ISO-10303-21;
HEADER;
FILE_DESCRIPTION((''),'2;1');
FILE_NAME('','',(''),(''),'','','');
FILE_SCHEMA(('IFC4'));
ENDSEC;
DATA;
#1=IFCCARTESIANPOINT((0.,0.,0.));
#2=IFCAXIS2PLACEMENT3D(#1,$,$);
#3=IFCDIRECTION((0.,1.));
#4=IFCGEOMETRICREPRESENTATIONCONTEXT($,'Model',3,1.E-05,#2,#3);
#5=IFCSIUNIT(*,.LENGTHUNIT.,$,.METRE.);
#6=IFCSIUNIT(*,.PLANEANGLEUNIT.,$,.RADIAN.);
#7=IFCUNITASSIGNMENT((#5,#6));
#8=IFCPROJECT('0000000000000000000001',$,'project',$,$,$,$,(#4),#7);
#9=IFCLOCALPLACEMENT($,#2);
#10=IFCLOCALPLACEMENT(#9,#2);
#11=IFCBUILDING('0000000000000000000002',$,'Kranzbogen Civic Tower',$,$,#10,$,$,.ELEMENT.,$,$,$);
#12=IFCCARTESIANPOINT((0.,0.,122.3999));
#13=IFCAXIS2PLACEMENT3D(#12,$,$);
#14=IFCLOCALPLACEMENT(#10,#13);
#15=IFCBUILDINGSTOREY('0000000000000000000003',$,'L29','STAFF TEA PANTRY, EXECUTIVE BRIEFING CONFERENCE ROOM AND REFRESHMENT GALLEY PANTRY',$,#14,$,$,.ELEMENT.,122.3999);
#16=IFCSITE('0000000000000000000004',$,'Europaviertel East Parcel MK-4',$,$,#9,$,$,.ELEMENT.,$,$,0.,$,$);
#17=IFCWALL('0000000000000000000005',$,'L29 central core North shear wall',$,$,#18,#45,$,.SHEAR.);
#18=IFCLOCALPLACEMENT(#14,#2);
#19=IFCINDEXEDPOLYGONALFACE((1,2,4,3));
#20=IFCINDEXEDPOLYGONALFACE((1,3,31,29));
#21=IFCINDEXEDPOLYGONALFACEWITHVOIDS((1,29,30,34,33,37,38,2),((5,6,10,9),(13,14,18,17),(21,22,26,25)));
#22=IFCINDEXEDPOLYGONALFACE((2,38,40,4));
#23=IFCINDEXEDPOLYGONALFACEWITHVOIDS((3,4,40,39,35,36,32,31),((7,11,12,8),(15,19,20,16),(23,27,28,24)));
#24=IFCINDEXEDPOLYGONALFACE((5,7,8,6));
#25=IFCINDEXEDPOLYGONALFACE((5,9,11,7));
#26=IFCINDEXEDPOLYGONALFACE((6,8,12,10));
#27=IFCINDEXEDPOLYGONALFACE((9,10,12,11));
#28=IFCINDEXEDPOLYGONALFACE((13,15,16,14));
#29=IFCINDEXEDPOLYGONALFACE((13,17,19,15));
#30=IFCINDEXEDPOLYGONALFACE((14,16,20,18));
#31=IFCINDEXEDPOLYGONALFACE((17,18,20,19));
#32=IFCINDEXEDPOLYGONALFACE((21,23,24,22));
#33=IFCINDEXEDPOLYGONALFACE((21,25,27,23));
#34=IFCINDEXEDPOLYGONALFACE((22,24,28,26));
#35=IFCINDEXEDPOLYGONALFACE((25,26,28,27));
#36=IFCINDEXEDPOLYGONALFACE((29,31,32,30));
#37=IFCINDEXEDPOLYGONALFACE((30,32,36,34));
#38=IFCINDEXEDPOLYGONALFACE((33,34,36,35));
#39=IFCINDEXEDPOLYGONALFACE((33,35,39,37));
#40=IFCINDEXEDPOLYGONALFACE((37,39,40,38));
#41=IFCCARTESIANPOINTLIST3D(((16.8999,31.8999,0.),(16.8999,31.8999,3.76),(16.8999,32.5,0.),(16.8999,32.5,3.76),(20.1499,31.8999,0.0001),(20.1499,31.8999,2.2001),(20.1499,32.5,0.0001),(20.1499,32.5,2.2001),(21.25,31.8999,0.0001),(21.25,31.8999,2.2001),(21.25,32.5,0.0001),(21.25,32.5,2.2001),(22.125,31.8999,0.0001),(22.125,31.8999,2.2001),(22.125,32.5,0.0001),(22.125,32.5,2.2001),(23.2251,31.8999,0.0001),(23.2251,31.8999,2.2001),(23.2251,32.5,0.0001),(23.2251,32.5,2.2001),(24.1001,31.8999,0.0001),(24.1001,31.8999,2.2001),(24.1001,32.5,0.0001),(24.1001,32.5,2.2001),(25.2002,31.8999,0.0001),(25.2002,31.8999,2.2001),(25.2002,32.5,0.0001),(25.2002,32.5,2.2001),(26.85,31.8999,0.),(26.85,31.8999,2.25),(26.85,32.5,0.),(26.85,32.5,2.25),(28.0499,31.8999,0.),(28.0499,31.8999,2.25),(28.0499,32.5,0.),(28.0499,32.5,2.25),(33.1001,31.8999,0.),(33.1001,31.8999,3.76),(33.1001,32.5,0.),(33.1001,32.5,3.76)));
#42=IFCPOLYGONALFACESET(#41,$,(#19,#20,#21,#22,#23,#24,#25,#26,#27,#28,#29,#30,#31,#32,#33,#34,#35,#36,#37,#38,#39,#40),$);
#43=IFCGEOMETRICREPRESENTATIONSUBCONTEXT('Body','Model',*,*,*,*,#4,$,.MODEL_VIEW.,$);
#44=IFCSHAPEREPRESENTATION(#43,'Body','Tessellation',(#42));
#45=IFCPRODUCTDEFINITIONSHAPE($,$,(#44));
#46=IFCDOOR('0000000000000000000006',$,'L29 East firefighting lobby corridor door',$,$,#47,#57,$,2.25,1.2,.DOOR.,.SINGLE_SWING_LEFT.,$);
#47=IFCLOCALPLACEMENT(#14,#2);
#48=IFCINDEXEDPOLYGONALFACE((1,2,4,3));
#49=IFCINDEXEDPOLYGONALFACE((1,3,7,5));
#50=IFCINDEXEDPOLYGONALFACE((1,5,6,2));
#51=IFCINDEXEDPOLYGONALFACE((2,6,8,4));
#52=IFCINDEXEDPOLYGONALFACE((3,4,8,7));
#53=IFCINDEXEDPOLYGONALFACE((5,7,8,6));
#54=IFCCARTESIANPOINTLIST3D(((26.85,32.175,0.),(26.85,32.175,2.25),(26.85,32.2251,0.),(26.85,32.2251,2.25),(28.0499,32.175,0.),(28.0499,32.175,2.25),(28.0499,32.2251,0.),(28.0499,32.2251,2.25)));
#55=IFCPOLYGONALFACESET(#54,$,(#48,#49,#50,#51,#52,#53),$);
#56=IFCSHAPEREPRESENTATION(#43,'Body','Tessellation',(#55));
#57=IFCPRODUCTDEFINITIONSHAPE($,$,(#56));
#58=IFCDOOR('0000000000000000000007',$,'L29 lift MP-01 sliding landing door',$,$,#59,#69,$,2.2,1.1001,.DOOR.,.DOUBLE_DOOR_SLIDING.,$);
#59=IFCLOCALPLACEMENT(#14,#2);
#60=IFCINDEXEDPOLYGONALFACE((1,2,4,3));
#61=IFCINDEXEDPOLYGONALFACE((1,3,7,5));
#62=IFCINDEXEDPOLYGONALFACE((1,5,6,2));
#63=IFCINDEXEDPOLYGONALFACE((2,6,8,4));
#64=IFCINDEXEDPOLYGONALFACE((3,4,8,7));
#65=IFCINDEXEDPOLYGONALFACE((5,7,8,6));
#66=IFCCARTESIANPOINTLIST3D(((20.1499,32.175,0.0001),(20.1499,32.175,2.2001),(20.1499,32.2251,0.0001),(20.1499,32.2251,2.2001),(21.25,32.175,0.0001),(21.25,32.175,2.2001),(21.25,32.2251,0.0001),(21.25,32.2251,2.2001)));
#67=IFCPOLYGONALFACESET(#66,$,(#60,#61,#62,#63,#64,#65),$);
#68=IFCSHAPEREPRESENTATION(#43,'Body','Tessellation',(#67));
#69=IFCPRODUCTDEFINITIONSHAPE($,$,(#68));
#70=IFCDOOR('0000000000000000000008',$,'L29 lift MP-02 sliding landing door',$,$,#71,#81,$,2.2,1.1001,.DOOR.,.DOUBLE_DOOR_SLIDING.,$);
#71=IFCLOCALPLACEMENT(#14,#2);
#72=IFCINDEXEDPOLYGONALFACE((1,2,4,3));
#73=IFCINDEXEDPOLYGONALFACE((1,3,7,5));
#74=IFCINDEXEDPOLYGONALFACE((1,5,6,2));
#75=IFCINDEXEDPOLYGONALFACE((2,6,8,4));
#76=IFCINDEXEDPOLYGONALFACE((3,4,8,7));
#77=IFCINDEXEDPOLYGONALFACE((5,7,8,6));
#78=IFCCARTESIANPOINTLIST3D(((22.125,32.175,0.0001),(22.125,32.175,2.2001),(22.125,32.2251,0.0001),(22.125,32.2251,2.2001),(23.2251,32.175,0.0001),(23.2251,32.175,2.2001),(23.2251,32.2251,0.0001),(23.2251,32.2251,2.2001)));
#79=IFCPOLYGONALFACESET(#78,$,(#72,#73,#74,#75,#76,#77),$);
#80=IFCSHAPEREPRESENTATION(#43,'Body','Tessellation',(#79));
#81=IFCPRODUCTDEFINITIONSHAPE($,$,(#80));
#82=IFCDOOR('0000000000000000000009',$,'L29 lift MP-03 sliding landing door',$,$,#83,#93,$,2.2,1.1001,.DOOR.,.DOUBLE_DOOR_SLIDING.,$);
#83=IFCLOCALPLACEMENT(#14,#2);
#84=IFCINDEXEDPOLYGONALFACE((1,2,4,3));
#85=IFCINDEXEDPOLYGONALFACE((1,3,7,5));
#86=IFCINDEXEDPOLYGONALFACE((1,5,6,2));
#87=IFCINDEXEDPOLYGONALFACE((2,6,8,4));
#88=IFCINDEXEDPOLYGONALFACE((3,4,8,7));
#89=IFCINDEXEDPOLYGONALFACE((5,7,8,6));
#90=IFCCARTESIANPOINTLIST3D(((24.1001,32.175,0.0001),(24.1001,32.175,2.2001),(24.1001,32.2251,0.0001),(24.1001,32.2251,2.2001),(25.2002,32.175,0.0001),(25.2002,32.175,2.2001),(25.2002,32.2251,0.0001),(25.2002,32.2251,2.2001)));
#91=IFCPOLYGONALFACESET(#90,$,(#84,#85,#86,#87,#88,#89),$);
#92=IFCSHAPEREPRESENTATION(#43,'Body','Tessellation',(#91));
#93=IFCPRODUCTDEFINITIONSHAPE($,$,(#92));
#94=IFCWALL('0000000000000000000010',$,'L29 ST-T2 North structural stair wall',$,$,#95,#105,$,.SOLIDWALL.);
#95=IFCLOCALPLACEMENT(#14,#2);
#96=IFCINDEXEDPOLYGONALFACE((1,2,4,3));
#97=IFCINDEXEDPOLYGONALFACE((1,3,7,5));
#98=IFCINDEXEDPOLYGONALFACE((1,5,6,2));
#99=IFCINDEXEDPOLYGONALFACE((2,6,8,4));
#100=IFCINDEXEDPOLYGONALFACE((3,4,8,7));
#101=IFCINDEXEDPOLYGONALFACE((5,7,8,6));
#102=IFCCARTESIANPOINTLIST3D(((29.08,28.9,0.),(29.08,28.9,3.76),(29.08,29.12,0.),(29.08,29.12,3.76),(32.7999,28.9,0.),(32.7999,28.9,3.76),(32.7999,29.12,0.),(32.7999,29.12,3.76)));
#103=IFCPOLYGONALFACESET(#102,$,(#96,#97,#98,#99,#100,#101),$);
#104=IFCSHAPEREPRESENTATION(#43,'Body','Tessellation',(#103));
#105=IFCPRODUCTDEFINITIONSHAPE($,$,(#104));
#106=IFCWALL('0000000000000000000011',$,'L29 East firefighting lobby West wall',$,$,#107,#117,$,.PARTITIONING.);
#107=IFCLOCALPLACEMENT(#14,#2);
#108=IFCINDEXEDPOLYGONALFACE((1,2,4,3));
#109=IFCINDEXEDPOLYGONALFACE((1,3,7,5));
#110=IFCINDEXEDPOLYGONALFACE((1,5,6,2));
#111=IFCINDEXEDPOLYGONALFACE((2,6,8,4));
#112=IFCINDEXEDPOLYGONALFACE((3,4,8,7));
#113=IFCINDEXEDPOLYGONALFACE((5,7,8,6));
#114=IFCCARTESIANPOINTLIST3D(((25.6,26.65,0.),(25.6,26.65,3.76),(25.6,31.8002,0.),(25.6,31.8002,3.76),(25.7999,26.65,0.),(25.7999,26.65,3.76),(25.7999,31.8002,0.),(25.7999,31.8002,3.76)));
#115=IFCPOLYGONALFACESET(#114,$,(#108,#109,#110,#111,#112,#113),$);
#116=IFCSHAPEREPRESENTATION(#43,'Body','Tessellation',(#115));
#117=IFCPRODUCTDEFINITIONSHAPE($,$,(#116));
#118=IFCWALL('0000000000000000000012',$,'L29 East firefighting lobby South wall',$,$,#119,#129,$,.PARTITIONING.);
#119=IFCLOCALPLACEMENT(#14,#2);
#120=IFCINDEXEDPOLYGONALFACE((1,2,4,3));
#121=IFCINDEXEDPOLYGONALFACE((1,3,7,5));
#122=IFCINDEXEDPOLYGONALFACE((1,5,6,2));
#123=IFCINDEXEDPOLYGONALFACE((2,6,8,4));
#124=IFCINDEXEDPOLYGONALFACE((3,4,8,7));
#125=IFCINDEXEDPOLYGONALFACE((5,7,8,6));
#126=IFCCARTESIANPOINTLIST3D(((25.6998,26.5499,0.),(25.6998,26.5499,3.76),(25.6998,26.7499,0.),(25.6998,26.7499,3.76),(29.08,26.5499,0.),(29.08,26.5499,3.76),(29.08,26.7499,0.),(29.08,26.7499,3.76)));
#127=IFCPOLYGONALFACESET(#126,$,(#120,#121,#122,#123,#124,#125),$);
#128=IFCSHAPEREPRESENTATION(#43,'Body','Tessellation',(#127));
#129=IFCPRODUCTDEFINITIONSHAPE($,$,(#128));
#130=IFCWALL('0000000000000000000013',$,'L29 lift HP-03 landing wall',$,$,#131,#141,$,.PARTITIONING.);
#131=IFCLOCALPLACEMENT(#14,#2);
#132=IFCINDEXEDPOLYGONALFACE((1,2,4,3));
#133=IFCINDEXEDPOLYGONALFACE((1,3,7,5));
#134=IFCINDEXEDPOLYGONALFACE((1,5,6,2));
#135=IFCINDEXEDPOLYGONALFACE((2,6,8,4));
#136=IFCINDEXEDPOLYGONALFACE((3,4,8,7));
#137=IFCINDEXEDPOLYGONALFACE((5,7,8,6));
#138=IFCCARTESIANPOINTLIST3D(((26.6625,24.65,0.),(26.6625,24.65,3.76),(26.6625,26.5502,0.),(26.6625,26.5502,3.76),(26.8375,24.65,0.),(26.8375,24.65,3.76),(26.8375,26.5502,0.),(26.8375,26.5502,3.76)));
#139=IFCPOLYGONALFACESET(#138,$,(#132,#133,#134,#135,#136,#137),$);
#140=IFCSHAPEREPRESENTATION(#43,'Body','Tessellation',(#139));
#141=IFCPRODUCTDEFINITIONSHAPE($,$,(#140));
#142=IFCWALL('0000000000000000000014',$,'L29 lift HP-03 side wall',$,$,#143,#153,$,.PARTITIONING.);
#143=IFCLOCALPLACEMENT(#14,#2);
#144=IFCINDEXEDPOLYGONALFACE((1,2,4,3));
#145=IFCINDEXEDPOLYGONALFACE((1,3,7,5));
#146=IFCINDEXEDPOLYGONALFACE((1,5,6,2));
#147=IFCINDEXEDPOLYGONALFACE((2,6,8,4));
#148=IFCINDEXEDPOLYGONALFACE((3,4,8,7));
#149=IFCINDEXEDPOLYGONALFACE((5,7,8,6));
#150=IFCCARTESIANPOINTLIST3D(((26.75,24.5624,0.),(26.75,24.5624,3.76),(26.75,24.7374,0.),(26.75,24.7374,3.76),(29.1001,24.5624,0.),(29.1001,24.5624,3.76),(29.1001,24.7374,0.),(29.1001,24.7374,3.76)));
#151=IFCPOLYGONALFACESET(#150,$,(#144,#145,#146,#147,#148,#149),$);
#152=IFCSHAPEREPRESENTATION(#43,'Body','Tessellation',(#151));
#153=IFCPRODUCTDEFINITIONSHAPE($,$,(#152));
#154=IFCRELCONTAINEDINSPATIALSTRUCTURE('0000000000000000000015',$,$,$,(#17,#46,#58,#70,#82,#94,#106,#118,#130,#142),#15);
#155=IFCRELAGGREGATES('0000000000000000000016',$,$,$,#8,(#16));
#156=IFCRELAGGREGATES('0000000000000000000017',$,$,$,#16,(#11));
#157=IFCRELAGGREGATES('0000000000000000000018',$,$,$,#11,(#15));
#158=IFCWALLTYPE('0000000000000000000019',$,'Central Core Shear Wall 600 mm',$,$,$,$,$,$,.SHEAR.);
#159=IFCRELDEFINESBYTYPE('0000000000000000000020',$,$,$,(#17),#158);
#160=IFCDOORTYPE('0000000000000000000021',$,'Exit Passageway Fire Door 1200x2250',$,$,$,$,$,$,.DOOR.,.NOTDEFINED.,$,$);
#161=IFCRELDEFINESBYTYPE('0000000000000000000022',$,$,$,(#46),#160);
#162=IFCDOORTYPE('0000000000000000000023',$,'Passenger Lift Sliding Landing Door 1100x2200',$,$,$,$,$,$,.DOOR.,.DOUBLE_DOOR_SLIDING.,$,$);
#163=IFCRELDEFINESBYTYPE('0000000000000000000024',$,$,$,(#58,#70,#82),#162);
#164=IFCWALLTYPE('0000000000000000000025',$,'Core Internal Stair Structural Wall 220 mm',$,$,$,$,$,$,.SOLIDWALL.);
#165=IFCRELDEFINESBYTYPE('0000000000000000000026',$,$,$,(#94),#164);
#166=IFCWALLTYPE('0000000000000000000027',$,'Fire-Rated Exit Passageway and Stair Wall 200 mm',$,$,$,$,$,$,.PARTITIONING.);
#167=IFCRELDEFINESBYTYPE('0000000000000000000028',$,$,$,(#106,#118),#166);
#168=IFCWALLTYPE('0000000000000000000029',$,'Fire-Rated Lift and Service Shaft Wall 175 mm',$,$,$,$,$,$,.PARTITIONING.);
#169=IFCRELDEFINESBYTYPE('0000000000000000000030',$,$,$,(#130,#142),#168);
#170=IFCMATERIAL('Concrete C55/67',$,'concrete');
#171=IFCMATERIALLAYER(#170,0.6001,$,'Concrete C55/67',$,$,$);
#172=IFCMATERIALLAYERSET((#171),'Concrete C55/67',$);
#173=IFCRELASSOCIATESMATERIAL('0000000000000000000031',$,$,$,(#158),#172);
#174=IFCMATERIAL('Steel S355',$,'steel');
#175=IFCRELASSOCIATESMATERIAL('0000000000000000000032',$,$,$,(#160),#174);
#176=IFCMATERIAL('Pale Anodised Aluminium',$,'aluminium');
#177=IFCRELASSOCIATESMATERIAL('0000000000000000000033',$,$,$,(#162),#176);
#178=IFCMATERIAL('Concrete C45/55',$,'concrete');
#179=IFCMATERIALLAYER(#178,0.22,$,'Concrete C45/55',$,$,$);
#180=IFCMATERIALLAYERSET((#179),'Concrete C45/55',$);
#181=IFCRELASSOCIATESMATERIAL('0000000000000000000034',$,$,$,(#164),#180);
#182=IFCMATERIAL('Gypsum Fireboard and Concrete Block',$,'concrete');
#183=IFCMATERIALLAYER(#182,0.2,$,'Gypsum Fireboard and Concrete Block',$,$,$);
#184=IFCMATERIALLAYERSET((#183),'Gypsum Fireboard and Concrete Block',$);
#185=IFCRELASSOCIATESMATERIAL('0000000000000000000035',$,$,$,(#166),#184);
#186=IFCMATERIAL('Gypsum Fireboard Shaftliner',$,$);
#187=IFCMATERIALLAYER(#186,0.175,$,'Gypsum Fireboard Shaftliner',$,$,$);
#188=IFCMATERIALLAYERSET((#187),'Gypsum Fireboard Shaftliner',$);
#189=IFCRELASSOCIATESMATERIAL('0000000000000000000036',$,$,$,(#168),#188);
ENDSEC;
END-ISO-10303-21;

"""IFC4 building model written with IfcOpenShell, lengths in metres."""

from ifc_helpers import new_model, si_unit, direction, frame, frame_2d, origin, place, context, subcontext, project, spatial, rectangle, extrude, material, layer, layer_set, type_object, element, fill, save


model = new_model("IFC4")

# Units and contexts
model_context = context("Model", 3, precision=1e-05, world=origin(), true_north=direction((0.0, 1.0)))
body_context = subcontext(model_context, "Body", "Model", "MODEL_VIEW")
ifc_project = project(units=[si_unit("LENGTHUNIT", "METRE"), si_unit("PLANEANGLEUNIT", "RADIAN")], contexts=[model_context])

# Site, building, storey
site_placement = place(None, origin())
site = spatial("IfcSite", under=ifc_project, at=site_placement, Name="Europaviertel East Parcel MK-4", CompositionType="ELEMENT", RefElevation=0.0)
building_placement = place(site_placement, origin())
building = spatial("IfcBuilding", under=site, at=building_placement, Name="Kranzbogen Civic Tower", CompositionType="ELEMENT")
storey_placement = place(building_placement, frame((0.0, 0.0, 122.3999)))
storey = spatial("IfcBuildingStorey", under=building, at=storey_placement, Name="L29", Description="STAFF TEA PANTRY, EXECUTIVE BRIEFING CONFERENCE ROOM AND REFRESHMENT GALLEY PANTRY", CompositionType="ELEMENT", Elevation=122.3999)

# Shared definitions
ifc_material_1 = material(Name="Steel S355", Category="steel")

# Wall, openings, doors
ifc_material_2 = material(Name="Concrete C55/67", Category="concrete")
ifc_layer_1 = layer(ifc_material_2, 0.6001, Name="Concrete C55/67")
ifc_layer_set_1 = layer_set([ifc_layer_1], Name="Concrete C55/67")
wall_type_1 = type_object("IfcWallType", Name="Central Core Shear Wall 600 mm", PredefinedType="SHEAR", material=ifc_layer_set_1)
wall_1_placement = place(storey_placement, frame((33.1001, 32.2, 0.0), z_axis=(0.0, 0.0, 1.0), x_axis=(-1.0, 0.0, 0.0)))
wall_1 = element("IfcWall", 1, at=wall_1_placement, inside=storey, type_object=wall_type_1, Name="L29 central core North shear wall", PredefinedType="SHEAR", context=body_context, shape_type="SweptSolid", body=[
    extrude(rectangle(XDim=16.2002, YDim=0.6001, at=frame_2d((8.1001, 0.0))), origin(), (0.0, 0.0, 1.0), 3.76),
])
opening_1_placement = place(wall_1_placement, frame((5.05, 0.0, 0.0)))
opening_1 = element("IfcOpeningElement", 2, at=opening_1_placement, cuts=wall_1, PredefinedType="OPENING", context=body_context, shape_type="SweptSolid", body=[
    extrude(rectangle(XDim=1.2, YDim=2.25, at=frame_2d((0.6001, 1.125))), frame((0.0, 0.3101, 0.0), z_axis=(0.0, -1.0, 0.0), x_axis=(1.0, 0.0, 0.0)), (0.0, 0.0, 1.0), 0.6201),
])
opening_2_placement = place(wall_1_placement, frame((11.8501, 0.0, 0.0)))
opening_2 = element("IfcOpeningElement", 3, at=opening_2_placement, cuts=wall_1, PredefinedType="OPENING", context=body_context, shape_type="SweptSolid", body=[
    extrude(rectangle(XDim=1.1001, YDim=2.2, at=frame_2d((0.55, 1.1001))), frame((0.0, 0.3101, 0.0), z_axis=(0.0, -1.0, 0.0), x_axis=(1.0, 0.0, 0.0)), (0.0, 0.0, 1.0), 0.6201),
])
opening_3_placement = place(wall_1_placement, frame((9.875, 0.0, 0.0)))
opening_3 = element("IfcOpeningElement", 4, at=opening_3_placement, cuts=wall_1, PredefinedType="OPENING", context=body_context, shape_type="SweptSolid", body=[
    extrude(rectangle(XDim=1.1001, YDim=2.2, at=frame_2d((0.55, 1.1001))), frame((0.0, 0.3101, 0.0), z_axis=(0.0, -1.0, 0.0), x_axis=(1.0, 0.0, 0.0)), (0.0, 0.0, 1.0), 0.6201),
])
opening_4_placement = place(wall_1_placement, frame((7.8999, 0.0, 0.0)))
opening_4 = element("IfcOpeningElement", 5, at=opening_4_placement, cuts=wall_1, PredefinedType="OPENING", context=body_context, shape_type="SweptSolid", body=[
    extrude(rectangle(XDim=1.1001, YDim=2.2, at=frame_2d((0.55, 1.1001))), frame((0.0, 0.3101, 0.0), z_axis=(0.0, -1.0, 0.0), x_axis=(1.0, 0.0, 0.0)), (0.0, 0.0, 1.0), 0.6201),
])
door_type_1 = type_object("IfcDoorType", Name="Exit Passageway Fire Door 1200x2250", OperationType="NOTDEFINED", PredefinedType="DOOR", material=ifc_material_1)
door_1_placement = place(opening_1_placement, origin())
door_1 = element("IfcDoor", 6, at=door_1_placement, inside=storey, type_object=door_type_1, Name="L29 East firefighting lobby corridor door", OperationType="SINGLE_SWING_LEFT", OverallHeight=2.25, OverallWidth=1.2, PredefinedType="DOOR", context=body_context, shape_type="SweptSolid", body=[
    extrude(rectangle(XDim=1.2, YDim=2.25, at=frame_2d((0.6001, 1.125))), frame((0.0, 0.0249, 0.0), z_axis=(0.0, -1.0, 0.0), x_axis=(1.0, 0.0, 0.0)), (0.0, 0.0, 1.0), 0.05),
])
fill(opening_1, door_1)
ifc_material_3 = material(Name="Pale Anodised Aluminium", Category="aluminium")
door_type_2 = type_object("IfcDoorType", Name="Passenger Lift Sliding Landing Door 1100x2200", OperationType="DOUBLE_DOOR_SLIDING", PredefinedType="DOOR", material=ifc_material_3)
door_2_placement = place(opening_2_placement, origin())
door_2 = element("IfcDoor", 7, at=door_2_placement, inside=storey, type_object=door_type_2, Name="L29 lift MP-01 sliding landing door", OperationType="DOUBLE_DOOR_SLIDING", OverallHeight=2.2, OverallWidth=1.1001, PredefinedType="DOOR", context=body_context, shape_type="SweptSolid", body=[
    extrude(rectangle(XDim=1.1001, YDim=2.2, at=frame_2d((0.55, 1.1001))), frame((0.0, 0.0249, 0.0), z_axis=(0.0, -1.0, 0.0), x_axis=(1.0, 0.0, 0.0)), (0.0, 0.0, 1.0), 0.05),
])
fill(opening_2, door_2)
door_3_placement = place(opening_3_placement, origin())
door_3 = element("IfcDoor", 8, at=door_3_placement, inside=storey, type_object=door_type_2, Name="L29 lift MP-02 sliding landing door", OperationType="DOUBLE_DOOR_SLIDING", OverallHeight=2.2, OverallWidth=1.1001, PredefinedType="DOOR", context=body_context, shape_type="SweptSolid", body=[
    extrude(rectangle(XDim=1.1001, YDim=2.2, at=frame_2d((0.55, 1.1001))), frame((0.0, 0.0249, 0.0), z_axis=(0.0, -1.0, 0.0), x_axis=(1.0, 0.0, 0.0)), (0.0, 0.0, 1.0), 0.05),
])
fill(opening_3, door_3)
door_4_placement = place(opening_4_placement, origin())
door_4 = element("IfcDoor", 9, at=door_4_placement, inside=storey, type_object=door_type_2, Name="L29 lift MP-03 sliding landing door", OperationType="DOUBLE_DOOR_SLIDING", OverallHeight=2.2, OverallWidth=1.1001, PredefinedType="DOOR", context=body_context, shape_type="SweptSolid", body=[
    extrude(rectangle(XDim=1.1001, YDim=2.2, at=frame_2d((0.55, 1.1001))), frame((0.0, 0.0249, 0.0), z_axis=(0.0, -1.0, 0.0), x_axis=(1.0, 0.0, 0.0)), (0.0, 0.0, 1.0), 0.05),
])
fill(opening_4, door_4)

# Walls
ifc_material_4 = material(Name="Concrete C45/55", Category="concrete")
ifc_layer_2 = layer(ifc_material_4, 0.22, Name="Concrete C45/55")
ifc_layer_set_2 = layer_set([ifc_layer_2], Name="Concrete C45/55")
wall_type_2 = type_object("IfcWallType", Name="Core Internal Stair Structural Wall 220 mm", PredefinedType="SOLIDWALL", material=ifc_layer_set_2)
wall_2_placement = place(storey_placement, frame((29.0801, 29.01, 0.0), z_axis=(0.0, 0.0, 1.0), x_axis=(1.0, 0.0, 0.0)))
element("IfcWall", 10, at=wall_2_placement, inside=storey, type_object=wall_type_2, Name="L29 ST-T2 North structural stair wall", PredefinedType="SOLIDWALL", context=body_context, shape_type="SweptSolid", body=[
    extrude(rectangle(XDim=3.72, YDim=0.22, at=frame_2d((1.8599, 0.0))), origin(), (0.0, 0.0, 1.0), 3.76),
])
ifc_material_5 = material(Name="Gypsum Fireboard and Concrete Block", Category="concrete")
ifc_layer_3 = layer(ifc_material_5, 0.2, Name="Gypsum Fireboard and Concrete Block")
ifc_layer_set_3 = layer_set([ifc_layer_3], Name="Gypsum Fireboard and Concrete Block")
wall_type_3 = type_object("IfcWallType", Name="Fire-Rated Exit Passageway and Stair Wall 200 mm", PredefinedType="PARTITIONING", material=ifc_layer_set_3)
wall_3_placement = place(storey_placement, frame((25.7, 26.6499, 0.0), z_axis=(0.0, 0.0, 1.0), x_axis=(0.0, 1.0, 0.0)))
element("IfcWall", 11, at=wall_3_placement, inside=storey, type_object=wall_type_3, Name="L29 East firefighting lobby West wall", PredefinedType="PARTITIONING", context=body_context, shape_type="SweptSolid", body=[
    extrude(rectangle(XDim=5.1501, YDim=0.2, at=frame_2d((2.5752, 0.0))), origin(), (0.0, 0.0, 1.0), 3.76),
])
wall_4_placement = place(storey_placement, frame((25.7, 26.6499, 0.0), z_axis=(0.0, 0.0, 1.0), x_axis=(1.0, 0.0, 0.0)))
element("IfcWall", 12, at=wall_4_placement, inside=storey, type_object=wall_type_3, Name="L29 East firefighting lobby South wall", PredefinedType="PARTITIONING", context=body_context, shape_type="SweptSolid", body=[
    extrude(rectangle(XDim=3.3801, YDim=0.2, at=frame_2d((1.6899, 0.0))), origin(), (0.0, 0.0, 1.0), 3.76),
])
ifc_material_6 = material(Name="Gypsum Fireboard Shaftliner")
ifc_layer_4 = layer(ifc_material_6, 0.175, Name="Gypsum Fireboard Shaftliner")
ifc_layer_set_4 = layer_set([ifc_layer_4], Name="Gypsum Fireboard Shaftliner")
wall_type_4 = type_object("IfcWallType", Name="Fire-Rated Lift and Service Shaft Wall 175 mm", PredefinedType="PARTITIONING", material=ifc_layer_set_4)
wall_5_placement = place(storey_placement, frame((26.75, 24.6499, 0.0), z_axis=(0.0, 0.0, 1.0), x_axis=(0.0, 1.0, 0.0)))
element("IfcWall", 13, at=wall_5_placement, inside=storey, type_object=wall_type_4, Name="L29 lift HP-03 landing wall", PredefinedType="PARTITIONING", context=body_context, shape_type="SweptSolid", body=[
    extrude(rectangle(XDim=1.9001, YDim=0.175, at=frame_2d((0.9502, 0.0))), origin(), (0.0, 0.0, 1.0), 3.76),
])
wall_6_placement = place(storey_placement, frame((26.75, 24.6499, 0.0), z_axis=(0.0, 0.0, 1.0), x_axis=(1.0, 0.0, 0.0)))
element("IfcWall", 14, at=wall_6_placement, inside=storey, type_object=wall_type_4, Name="L29 lift HP-03 side wall", PredefinedType="PARTITIONING", context=body_context, shape_type="SweptSolid", body=[
    extrude(rectangle(XDim=2.3501, YDim=0.175, at=frame_2d((1.175, 0.0))), origin(), (0.0, 0.0, 1.0), 3.76),
])

save(model, "model.ifc")
